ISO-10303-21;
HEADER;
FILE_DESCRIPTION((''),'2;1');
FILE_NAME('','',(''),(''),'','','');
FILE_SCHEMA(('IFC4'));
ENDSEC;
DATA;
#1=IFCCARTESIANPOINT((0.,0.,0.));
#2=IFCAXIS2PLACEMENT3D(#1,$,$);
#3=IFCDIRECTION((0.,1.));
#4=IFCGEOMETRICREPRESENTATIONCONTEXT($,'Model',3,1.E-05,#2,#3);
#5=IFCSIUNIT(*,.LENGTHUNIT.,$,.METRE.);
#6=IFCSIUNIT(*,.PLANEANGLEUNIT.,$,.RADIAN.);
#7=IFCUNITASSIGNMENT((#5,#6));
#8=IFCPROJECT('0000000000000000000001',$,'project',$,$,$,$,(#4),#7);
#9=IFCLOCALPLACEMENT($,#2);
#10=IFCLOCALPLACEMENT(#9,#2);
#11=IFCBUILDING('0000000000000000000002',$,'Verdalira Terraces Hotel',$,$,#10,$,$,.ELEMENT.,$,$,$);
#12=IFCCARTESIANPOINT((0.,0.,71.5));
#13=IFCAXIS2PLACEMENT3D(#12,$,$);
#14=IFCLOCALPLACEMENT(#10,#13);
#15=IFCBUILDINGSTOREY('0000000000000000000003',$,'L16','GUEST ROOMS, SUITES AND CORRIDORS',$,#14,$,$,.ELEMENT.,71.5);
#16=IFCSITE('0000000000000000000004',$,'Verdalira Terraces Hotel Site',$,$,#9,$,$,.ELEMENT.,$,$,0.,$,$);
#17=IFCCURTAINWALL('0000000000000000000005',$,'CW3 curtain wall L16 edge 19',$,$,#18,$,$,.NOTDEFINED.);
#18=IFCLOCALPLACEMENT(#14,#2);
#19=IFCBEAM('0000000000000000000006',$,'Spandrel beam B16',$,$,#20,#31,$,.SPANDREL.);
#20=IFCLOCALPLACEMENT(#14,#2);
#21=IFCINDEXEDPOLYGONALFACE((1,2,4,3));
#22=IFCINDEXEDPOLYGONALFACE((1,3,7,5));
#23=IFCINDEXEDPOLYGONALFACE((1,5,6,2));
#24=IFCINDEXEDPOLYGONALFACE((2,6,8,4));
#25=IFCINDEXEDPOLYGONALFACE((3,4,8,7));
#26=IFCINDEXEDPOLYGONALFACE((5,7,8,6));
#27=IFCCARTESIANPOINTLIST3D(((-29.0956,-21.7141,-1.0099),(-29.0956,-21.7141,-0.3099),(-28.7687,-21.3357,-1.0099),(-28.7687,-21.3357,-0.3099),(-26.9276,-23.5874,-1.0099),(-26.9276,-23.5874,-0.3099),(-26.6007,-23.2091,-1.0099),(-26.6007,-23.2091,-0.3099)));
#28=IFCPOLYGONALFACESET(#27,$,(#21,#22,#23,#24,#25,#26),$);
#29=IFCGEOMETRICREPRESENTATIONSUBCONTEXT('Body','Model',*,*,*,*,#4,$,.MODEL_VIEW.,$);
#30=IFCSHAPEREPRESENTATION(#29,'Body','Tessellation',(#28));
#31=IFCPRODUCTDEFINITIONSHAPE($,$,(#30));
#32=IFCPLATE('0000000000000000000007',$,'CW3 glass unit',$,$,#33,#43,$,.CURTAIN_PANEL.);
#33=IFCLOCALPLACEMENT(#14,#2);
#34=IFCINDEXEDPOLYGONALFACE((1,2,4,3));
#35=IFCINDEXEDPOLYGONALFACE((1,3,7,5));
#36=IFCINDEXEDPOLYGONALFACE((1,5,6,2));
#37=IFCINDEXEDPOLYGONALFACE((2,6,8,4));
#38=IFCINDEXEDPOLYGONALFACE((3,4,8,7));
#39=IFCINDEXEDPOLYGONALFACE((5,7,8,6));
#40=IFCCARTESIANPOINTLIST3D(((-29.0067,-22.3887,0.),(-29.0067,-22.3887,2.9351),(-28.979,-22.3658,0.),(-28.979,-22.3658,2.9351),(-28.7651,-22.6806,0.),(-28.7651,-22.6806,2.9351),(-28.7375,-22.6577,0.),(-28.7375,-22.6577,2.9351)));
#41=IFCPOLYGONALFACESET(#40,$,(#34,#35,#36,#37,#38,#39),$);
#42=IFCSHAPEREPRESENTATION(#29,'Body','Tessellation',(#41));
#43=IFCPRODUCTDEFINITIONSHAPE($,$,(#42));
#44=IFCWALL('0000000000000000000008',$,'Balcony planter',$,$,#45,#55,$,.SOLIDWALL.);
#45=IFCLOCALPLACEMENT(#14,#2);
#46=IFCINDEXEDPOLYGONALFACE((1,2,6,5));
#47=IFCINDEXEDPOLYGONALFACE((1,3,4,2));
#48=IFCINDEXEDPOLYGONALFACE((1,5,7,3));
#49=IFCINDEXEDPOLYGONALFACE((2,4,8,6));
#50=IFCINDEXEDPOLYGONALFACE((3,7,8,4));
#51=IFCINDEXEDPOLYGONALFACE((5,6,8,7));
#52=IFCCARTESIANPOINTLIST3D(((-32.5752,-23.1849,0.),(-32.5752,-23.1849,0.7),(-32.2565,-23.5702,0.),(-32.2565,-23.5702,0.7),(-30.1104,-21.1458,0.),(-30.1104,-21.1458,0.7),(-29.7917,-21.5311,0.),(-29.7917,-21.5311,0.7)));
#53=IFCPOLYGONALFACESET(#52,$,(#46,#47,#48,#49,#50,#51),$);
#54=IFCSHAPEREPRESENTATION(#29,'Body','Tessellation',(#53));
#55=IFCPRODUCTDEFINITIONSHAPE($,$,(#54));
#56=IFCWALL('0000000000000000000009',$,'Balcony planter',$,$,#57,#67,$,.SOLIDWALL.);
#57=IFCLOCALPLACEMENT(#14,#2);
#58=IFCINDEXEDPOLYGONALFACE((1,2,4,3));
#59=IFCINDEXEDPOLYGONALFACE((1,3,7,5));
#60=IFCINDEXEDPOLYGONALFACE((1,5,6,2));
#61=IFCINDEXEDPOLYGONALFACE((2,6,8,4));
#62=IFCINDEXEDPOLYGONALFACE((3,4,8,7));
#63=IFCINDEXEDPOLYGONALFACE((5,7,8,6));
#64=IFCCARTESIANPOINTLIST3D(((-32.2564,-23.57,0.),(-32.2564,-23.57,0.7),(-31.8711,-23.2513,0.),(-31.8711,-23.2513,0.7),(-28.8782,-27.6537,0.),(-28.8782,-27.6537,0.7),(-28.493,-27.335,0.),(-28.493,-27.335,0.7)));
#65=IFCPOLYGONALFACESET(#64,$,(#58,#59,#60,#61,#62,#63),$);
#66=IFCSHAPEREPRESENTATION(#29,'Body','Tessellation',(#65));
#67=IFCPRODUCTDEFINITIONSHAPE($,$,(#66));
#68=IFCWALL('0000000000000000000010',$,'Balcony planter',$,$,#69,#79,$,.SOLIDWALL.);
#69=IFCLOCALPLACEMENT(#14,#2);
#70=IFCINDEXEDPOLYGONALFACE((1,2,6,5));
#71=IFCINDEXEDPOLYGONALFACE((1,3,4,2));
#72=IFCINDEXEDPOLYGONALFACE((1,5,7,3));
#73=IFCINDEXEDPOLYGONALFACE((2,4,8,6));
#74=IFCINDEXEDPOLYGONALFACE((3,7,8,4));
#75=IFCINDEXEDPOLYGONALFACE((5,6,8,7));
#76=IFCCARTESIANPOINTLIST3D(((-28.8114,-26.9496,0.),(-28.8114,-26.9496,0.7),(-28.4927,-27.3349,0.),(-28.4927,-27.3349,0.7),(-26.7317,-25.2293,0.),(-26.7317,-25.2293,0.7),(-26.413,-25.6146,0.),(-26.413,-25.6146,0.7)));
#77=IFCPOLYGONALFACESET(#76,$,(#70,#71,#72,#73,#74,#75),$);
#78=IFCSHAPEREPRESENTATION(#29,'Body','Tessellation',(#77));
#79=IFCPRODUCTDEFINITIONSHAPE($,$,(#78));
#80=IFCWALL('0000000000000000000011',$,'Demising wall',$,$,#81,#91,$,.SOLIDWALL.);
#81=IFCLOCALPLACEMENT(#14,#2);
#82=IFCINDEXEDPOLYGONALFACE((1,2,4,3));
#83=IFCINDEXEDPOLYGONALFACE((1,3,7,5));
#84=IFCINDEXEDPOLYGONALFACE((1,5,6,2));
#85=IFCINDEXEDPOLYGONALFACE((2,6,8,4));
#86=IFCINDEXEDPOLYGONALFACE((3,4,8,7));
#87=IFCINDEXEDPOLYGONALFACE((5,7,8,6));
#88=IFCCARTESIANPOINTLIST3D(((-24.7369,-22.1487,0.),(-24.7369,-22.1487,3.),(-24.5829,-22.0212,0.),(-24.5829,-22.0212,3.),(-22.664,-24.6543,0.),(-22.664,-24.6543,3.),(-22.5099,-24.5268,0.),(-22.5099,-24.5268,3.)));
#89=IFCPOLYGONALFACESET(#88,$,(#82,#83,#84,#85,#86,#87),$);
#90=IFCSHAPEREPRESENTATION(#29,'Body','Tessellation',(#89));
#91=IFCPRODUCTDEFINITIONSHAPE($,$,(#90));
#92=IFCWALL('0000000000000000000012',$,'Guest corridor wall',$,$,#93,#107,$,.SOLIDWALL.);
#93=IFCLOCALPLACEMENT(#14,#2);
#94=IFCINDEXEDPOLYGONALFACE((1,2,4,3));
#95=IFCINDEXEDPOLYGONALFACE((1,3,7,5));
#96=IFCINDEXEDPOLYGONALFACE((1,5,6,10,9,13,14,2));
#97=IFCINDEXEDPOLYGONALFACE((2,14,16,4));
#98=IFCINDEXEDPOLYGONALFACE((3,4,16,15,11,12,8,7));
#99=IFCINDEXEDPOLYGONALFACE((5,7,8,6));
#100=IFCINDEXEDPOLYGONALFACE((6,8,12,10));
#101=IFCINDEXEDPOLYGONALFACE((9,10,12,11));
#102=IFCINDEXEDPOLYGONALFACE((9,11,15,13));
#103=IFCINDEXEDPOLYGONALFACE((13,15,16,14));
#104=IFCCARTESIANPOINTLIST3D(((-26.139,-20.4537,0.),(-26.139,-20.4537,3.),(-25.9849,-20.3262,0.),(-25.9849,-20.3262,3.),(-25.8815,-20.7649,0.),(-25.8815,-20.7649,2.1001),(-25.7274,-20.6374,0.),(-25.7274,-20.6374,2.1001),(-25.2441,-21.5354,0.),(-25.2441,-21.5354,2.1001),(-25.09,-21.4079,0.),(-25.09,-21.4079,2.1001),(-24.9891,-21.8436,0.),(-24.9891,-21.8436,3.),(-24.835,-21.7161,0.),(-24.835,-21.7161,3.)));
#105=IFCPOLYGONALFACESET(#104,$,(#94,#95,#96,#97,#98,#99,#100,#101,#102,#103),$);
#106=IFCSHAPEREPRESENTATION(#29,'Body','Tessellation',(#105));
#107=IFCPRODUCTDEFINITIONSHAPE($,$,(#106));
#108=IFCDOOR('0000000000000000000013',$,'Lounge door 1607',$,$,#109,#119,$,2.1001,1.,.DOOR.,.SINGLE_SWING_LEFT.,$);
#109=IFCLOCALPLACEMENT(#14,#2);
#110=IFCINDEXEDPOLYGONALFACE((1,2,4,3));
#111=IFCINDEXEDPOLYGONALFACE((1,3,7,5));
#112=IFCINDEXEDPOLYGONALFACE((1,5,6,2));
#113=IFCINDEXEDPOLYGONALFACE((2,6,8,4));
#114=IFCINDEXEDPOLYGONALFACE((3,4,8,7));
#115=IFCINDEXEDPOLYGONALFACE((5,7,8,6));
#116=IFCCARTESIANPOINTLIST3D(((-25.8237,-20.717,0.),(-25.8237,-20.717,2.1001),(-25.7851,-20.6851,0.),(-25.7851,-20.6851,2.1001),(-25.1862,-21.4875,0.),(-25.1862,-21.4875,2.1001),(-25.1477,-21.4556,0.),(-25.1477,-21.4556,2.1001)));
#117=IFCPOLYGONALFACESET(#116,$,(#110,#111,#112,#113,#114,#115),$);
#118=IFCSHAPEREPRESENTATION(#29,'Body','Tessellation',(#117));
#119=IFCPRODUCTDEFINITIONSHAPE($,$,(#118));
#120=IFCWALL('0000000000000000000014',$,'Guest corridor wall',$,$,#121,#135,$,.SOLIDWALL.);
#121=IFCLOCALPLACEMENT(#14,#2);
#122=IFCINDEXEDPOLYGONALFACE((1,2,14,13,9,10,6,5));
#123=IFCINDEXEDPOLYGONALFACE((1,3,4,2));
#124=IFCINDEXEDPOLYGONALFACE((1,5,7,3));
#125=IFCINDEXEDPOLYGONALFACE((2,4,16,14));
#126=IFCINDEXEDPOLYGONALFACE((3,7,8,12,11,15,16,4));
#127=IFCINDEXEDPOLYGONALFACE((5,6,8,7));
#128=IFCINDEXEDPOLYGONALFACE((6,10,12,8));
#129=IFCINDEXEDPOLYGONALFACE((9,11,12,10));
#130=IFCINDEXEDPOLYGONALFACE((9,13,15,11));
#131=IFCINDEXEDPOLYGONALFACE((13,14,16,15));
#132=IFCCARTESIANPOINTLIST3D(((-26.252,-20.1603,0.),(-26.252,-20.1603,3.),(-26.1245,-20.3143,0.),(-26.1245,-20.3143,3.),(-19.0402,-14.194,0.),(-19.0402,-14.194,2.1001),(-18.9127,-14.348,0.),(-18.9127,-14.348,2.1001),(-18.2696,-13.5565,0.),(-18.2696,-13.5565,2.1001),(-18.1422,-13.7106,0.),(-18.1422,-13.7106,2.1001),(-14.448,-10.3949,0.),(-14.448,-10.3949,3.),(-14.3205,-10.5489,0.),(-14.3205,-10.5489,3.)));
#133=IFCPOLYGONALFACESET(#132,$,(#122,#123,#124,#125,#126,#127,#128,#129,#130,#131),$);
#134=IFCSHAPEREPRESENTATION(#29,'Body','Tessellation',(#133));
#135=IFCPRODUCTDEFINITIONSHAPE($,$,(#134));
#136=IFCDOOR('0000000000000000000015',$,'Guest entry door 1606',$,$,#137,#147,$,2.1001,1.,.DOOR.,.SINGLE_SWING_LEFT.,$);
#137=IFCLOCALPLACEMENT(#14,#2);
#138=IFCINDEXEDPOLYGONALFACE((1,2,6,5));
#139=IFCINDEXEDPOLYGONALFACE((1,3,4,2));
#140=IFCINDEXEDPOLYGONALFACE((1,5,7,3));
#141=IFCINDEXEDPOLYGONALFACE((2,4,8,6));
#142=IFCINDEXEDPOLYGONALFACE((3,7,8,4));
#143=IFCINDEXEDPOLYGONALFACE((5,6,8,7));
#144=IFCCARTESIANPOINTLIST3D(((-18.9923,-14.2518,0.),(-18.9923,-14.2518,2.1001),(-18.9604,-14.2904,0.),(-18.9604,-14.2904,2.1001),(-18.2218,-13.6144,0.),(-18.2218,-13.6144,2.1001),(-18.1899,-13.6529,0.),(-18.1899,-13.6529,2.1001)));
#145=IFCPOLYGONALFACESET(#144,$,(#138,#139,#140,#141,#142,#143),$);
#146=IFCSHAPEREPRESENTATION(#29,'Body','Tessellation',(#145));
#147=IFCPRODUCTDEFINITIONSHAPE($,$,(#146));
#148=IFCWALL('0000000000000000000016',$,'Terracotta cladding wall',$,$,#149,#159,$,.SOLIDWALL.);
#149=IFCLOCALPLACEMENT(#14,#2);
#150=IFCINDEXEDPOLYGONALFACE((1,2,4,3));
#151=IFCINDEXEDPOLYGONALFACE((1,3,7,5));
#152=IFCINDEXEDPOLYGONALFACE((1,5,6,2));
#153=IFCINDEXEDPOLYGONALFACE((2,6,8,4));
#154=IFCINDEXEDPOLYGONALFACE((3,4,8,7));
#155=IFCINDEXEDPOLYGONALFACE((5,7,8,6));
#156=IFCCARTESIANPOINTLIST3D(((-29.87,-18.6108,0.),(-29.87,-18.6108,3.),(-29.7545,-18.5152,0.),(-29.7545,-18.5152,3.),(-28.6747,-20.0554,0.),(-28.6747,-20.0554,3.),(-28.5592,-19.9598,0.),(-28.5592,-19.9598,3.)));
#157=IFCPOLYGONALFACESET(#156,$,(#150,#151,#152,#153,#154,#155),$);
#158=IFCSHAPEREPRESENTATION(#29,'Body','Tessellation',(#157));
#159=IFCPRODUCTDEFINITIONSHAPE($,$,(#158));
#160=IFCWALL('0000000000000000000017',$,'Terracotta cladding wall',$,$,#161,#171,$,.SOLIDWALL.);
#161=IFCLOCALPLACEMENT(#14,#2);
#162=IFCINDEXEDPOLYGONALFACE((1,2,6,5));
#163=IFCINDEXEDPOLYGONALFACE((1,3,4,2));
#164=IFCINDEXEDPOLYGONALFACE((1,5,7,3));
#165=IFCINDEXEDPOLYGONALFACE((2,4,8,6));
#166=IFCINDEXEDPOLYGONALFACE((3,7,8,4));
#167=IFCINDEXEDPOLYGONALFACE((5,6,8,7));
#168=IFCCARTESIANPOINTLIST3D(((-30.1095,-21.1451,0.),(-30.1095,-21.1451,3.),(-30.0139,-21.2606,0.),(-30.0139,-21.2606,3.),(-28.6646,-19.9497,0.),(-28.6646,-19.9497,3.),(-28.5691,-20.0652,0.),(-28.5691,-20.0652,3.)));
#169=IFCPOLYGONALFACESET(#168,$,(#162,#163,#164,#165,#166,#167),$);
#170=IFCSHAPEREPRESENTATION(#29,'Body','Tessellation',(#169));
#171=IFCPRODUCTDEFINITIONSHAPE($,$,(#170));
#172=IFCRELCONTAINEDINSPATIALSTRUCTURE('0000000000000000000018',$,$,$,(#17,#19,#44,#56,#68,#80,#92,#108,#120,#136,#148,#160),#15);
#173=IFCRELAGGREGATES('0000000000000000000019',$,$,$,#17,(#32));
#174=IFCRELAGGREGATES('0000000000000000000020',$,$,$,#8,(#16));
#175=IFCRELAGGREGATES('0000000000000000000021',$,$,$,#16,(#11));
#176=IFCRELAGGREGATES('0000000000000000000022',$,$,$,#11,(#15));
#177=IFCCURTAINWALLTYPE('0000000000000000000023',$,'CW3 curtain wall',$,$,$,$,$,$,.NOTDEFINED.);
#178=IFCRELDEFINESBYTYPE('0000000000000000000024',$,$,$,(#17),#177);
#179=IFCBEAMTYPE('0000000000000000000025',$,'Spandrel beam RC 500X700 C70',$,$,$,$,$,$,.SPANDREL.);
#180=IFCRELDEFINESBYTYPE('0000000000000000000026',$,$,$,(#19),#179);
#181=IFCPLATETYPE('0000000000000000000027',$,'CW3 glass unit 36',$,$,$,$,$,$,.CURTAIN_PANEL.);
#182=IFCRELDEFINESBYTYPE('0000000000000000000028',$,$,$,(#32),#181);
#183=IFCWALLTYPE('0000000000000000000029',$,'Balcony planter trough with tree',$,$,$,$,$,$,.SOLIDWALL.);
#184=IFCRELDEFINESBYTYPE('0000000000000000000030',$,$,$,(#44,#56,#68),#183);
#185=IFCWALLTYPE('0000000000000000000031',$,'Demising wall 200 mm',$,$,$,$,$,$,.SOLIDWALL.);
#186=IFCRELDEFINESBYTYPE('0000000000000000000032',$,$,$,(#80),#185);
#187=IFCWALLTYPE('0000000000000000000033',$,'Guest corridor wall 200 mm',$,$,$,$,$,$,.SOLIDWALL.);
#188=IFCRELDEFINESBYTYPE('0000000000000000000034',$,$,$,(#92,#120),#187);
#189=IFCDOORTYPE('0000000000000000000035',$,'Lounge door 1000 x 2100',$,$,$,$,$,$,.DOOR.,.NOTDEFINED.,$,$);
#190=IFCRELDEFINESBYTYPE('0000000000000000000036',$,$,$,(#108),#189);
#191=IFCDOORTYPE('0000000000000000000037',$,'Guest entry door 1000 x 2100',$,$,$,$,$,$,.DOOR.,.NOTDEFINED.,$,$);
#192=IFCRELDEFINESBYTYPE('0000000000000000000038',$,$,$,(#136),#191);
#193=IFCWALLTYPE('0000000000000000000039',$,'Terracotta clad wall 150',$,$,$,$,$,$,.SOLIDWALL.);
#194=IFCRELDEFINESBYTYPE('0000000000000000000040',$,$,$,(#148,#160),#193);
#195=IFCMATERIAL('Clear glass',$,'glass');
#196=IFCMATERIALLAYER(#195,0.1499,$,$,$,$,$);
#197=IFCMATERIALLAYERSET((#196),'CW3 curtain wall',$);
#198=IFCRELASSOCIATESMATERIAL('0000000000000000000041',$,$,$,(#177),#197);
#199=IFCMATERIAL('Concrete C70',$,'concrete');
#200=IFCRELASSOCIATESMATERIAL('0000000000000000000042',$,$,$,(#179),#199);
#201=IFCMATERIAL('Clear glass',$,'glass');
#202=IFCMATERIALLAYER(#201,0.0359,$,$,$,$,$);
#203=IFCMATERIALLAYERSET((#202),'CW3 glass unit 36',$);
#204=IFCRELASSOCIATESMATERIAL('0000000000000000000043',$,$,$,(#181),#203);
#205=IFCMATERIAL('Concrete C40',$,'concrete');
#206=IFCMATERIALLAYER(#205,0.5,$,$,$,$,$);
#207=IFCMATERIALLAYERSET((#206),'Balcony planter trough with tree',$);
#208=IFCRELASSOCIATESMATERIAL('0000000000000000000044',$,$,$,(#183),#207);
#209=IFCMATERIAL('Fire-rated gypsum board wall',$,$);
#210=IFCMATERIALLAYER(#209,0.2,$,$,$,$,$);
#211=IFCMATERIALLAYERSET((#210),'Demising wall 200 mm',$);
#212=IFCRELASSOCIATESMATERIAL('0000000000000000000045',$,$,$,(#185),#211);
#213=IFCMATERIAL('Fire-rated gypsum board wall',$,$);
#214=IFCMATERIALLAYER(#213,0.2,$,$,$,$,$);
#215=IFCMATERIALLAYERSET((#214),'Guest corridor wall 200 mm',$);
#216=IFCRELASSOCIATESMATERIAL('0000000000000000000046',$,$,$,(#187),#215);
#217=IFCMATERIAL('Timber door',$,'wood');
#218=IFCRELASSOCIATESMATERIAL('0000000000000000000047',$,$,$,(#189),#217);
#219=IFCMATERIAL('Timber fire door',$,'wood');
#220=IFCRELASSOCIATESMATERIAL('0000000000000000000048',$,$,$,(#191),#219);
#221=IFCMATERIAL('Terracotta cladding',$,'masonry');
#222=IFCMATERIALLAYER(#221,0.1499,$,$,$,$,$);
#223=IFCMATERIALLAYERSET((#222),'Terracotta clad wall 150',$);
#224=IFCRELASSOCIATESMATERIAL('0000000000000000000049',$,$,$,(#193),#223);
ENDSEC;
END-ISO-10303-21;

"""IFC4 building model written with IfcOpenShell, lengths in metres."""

from ifc_helpers import new_model, si_unit, direction, frame, frame_2d, origin, origin_2d, place, context, subcontext, project, spatial, rectangle, extrude, material, layer, layer_set, material_profile, profile_set, type_object, element, fill, aggregate, save


model = new_model("IFC4")

# Units and contexts
model_context = context("Model", 3, precision=1e-05, world=origin(), true_north=direction((0.0, 1.0)))
body_context = subcontext(model_context, "Body", "Model", "MODEL_VIEW")
ifc_project = project(units=[si_unit("LENGTHUNIT", "METRE"), si_unit("PLANEANGLEUNIT", "RADIAN")], contexts=[model_context])

# Site, building, storey
site_placement = place(None, origin())
site = spatial("IfcSite", under=ifc_project, at=site_placement, Name="Verdalira Terraces Hotel Site", CompositionType="ELEMENT", RefElevation=0.0)
building_placement = place(site_placement, origin())
building = spatial("IfcBuilding", under=site, at=building_placement, Name="Verdalira Terraces Hotel", CompositionType="ELEMENT")
storey_placement = place(building_placement, frame((0.0, 0.0, 71.5)))
storey = spatial("IfcBuildingStorey", under=building, at=storey_placement, Name="L16", Description="GUEST ROOMS, SUITES AND CORRIDORS", CompositionType="ELEMENT", Elevation=71.5)

# Curtain wall
ifc_material_1 = material(Name="Clear glass", Category="glass")
ifc_layer_1 = layer(ifc_material_1, 0.1499)
ifc_layer_set_1 = layer_set([ifc_layer_1], Name="CW3 curtain wall")
curtain_wall_type_1 = type_object("IfcCurtainWallType", Name="CW3 curtain wall", PredefinedType="NOTDEFINED", material=ifc_layer_set_1)
curtain_wall_1_placement = place(storey_placement, origin())
curtain_wall_1 = element("IfcCurtainWall", 1, at=curtain_wall_1_placement, inside=storey, type_object=curtain_wall_type_1, Name="CW3 curtain wall L16 edge 19", PredefinedType="NOTDEFINED")

# Beam
ifc_material_2 = material(Name="Concrete C70", Category="concrete")
ifc_material_profile_1 = material_profile(ifc_material_2, rectangle(XDim=0.5, YDim=0.7, at=origin_2d()), Name="RC 500X700")
ifc_profile_set_1 = profile_set([ifc_material_profile_1], Name="Concrete C70")
beam_type_1 = type_object("IfcBeamType", Name="Spandrel beam RC 500X700 C70", PredefinedType="SPANDREL", material=ifc_profile_set_1)
beam_1_placement = place(storey_placement, frame((-28.9321, -21.5249, -0.6599), z_axis=(0.756658, -0.653811, 0.0), x_axis=(0.653811, 0.756658, 0.0)))
element("IfcBeam", 2, at=beam_1_placement, inside=storey, type_object=beam_type_1, Name="Spandrel beam B16", PredefinedType="SPANDREL", context=body_context, shape_type="SweptSolid", body=[
    extrude(rectangle(XDim=0.5, YDim=0.7, at=origin_2d()), origin(), (0.0, 0.0, 1.0), 2.8652),
])

# Plate
ifc_material_3 = material(Name="Clear glass", Category="glass")
ifc_layer_2 = layer(ifc_material_3, 0.0359)
ifc_layer_set_2 = layer_set([ifc_layer_2], Name="CW3 glass unit 36")
plate_type = type_object("IfcPlateType", Name="CW3 glass unit 36", PredefinedType="CURTAIN_PANEL", material=ifc_layer_set_2)
plate_placement = place(storey_placement, frame((-28.8721, -22.5232, 0.0), z_axis=(0.0, 0.0, 1.0), x_axis=(0.637424, -0.770513, 0.0)))
plate = element("IfcPlate", 3, at=plate_placement, type_object=plate_type, Name="CW3 glass unit", PredefinedType="CURTAIN_PANEL", context=body_context, shape_type="SweptSolid", body=[
    extrude(rectangle(XDim=0.3789, YDim=0.0359, at=origin_2d()), origin(), (0.0, 0.0, 1.0), 2.9351),
])
aggregate(curtain_wall_1, [plate])

# Walls
ifc_material_4 = material(Name="Concrete C40", Category="concrete")
ifc_layer_3 = layer(ifc_material_4, 0.5)
ifc_layer_set_3 = layer_set([ifc_layer_3], Name="Balcony planter trough with tree")
wall_type_1 = type_object("IfcWallType", Name="Balcony planter trough with tree", PredefinedType="SOLIDWALL", material=ifc_layer_set_3)
wall_1_placement = place(storey_placement, frame((-29.9509, -21.3384, 0.0), z_axis=(0.0, 0.0, 1.0), x_axis=(-0.770518, -0.637418, 0.0)))
element("IfcWall", 4, at=wall_1_placement, inside=storey, type_object=wall_type_1, Name="Balcony planter", PredefinedType="SOLIDWALL", context=body_context, shape_type="SweptSolid", body=[
    extrude(rectangle(XDim=3.199, YDim=0.5, at=frame_2d((1.5996, 0.0))), origin(), (0.0, 0.0, 1.0), 0.7),
])
wall_2_placement = place(storey_placement, frame((-32.0637, -23.4106, 0.0), z_axis=(0.0, 0.0, 1.0), x_axis=(0.637403, -0.770531, 0.0)))
element("IfcWall", 5, at=wall_2_placement, inside=storey, type_object=wall_type_1, Name="Balcony planter", PredefinedType="SOLIDWALL", context=body_context, shape_type="SweptSolid", body=[
    extrude(rectangle(XDim=5.2998, YDim=0.5, at=frame_2d((2.6499, 0.0))), origin(), (0.0, 0.0, 1.0), 0.7),
])
wall_3_placement = place(storey_placement, frame((-28.6521, -27.1423, 0.0), z_axis=(0.0, 0.0, 1.0), x_axis=(0.770544, 0.637386, 0.0)))
element("IfcWall", 6, at=wall_3_placement, inside=storey, type_object=wall_type_1, Name="Balcony planter", PredefinedType="SOLIDWALL", context=body_context, shape_type="SweptSolid", body=[
    extrude(rectangle(XDim=2.699, YDim=0.5, at=frame_2d((1.3496, 0.0))), origin(), (0.0, 0.0, 1.0), 0.7),
])
ifc_material_5 = material(Name="Fire-rated gypsum board wall")
ifc_layer_4 = layer(ifc_material_5, 0.2)
ifc_layer_set_4 = layer_set([ifc_layer_4], Name="Demising wall 200 mm")
wall_type_2 = type_object("IfcWallType", Name="Demising wall 200 mm", PredefinedType="SOLIDWALL", material=ifc_layer_set_4)
wall_4_placement = place(storey_placement, frame((-24.6599, -22.085, 0.0), z_axis=(0.0, 0.0, 1.0), x_axis=(0.637456, -0.770487, 0.0)))
element("IfcWall", 7, at=wall_4_placement, inside=storey, type_object=wall_type_2, Name="Demising wall", PredefinedType="SOLIDWALL", context=body_context, shape_type="SweptSolid", body=[
    extrude(rectangle(XDim=3.252, YDim=0.2, at=frame_2d((1.626, 0.0))), origin(), (0.0, 0.0, 1.0), 3.0),
])

# Walls, openings, doors
ifc_material_6 = material(Name="Fire-rated gypsum board wall")
ifc_layer_5 = layer(ifc_material_6, 0.2)
ifc_layer_set_5 = layer_set([ifc_layer_5], Name="Guest corridor wall 200 mm")
wall_type_3 = type_object("IfcWallType", Name="Guest corridor wall 200 mm", PredefinedType="SOLIDWALL", material=ifc_layer_set_5)
wall_5_placement = place(storey_placement, frame((-24.9121, -21.7798, 0.0), z_axis=(0.0, 0.0, 1.0), x_axis=(-0.637451, 0.770491, 0.0)))
wall_5 = element("IfcWall", 8, at=wall_5_placement, inside=storey, type_object=wall_type_3, Name="Guest corridor wall", PredefinedType="SOLIDWALL", context=body_context, shape_type="SweptSolid", body=[
    extrude(rectangle(XDim=1.804, YDim=0.2, at=frame_2d((0.9019, 0.0))), origin(), (0.0, 0.0, 1.0), 3.0),
])
opening_1_placement = place(wall_5_placement, frame((0.3999, 0.0, 0.0)))
opening_1 = element("IfcOpeningElement", 9, at=opening_1_placement, cuts=wall_5, PredefinedType="OPENING", context=body_context, shape_type="SweptSolid", body=[
    extrude(rectangle(XDim=1.0, YDim=2.1001, at=frame_2d((0.5, 1.05))), frame((0.0, 0.1099, 0.0), z_axis=(0.0, -1.0, 0.0), x_axis=(1.0, 0.0, 0.0)), (0.0, 0.0, 1.0), 0.22),
])
ifc_material_7 = material(Name="Timber door", Category="wood")
door_type_1 = type_object("IfcDoorType", Name="Lounge door 1000 x 2100", OperationType="NOTDEFINED", PredefinedType="DOOR", material=ifc_material_7)
door_1_placement = place(opening_1_placement, origin())
door_1 = element("IfcDoor", 10, at=door_1_placement, inside=storey, type_object=door_type_1, Name="Lounge door 1607", OperationType="SINGLE_SWING_LEFT", OverallHeight=2.1001, OverallWidth=1.0, PredefinedType="DOOR", context=body_context, shape_type="SweptSolid", body=[
    extrude(rectangle(XDim=1.0, YDim=2.1001, at=frame_2d((0.5, 1.05))), frame((0.0, 0.0249, 0.0), z_axis=(0.0, -1.0, 0.0), x_axis=(1.0, 0.0, 0.0)), (0.0, 0.0, 1.0), 0.05),
])
fill(opening_1, door_1)
wall_6_placement = place(storey_placement, frame((-26.1882, -20.2373, 0.0), z_axis=(0.0, 0.0, 1.0), x_axis=(0.770504, 0.637436, 0.0)))
wall_6 = element("IfcWall", 11, at=wall_6_placement, inside=storey, type_object=wall_type_3, Name="Guest corridor wall", PredefinedType="SOLIDWALL", context=body_context, shape_type="SweptSolid", body=[
    extrude(rectangle(XDim=15.3198, YDim=0.2, at=frame_2d((7.6599, 0.0))), origin(), (0.0, 0.0, 1.0), 3.0),
])
opening_2_placement = place(wall_6_placement, frame((9.3599, 0.0, 0.0)))
opening_2 = element("IfcOpeningElement", 12, at=opening_2_placement, cuts=wall_6, PredefinedType="OPENING", context=body_context, shape_type="SweptSolid", body=[
    extrude(rectangle(XDim=1.0, YDim=2.1001, at=frame_2d((0.5, 1.05))), frame((0.0, 0.1099, 0.0), z_axis=(0.0, -1.0, 0.0), x_axis=(1.0, 0.0, 0.0)), (0.0, 0.0, 1.0), 0.22),
])
ifc_material_8 = material(Name="Timber fire door", Category="wood")
door_type_2 = type_object("IfcDoorType", Name="Guest entry door 1000 x 2100", OperationType="NOTDEFINED", PredefinedType="DOOR", material=ifc_material_8)
door_2_placement = place(opening_2_placement, origin())
door_2 = element("IfcDoor", 13, at=door_2_placement, inside=storey, type_object=door_type_2, Name="Guest entry door 1606", OperationType="SINGLE_SWING_LEFT", OverallHeight=2.1001, OverallWidth=1.0, PredefinedType="DOOR", context=body_context, shape_type="SweptSolid", body=[
    extrude(rectangle(XDim=1.0, YDim=2.1001, at=frame_2d((0.5, 1.05))), frame((0.0, 0.0249, 0.0), z_axis=(0.0, -1.0, 0.0), x_axis=(1.0, 0.0, 0.0)), (0.0, 0.0, 1.0), 0.05),
])
fill(opening_2, door_2)

# Walls
ifc_material_9 = material(Name="Terracotta cladding", Category="masonry")
ifc_layer_6 = layer(ifc_material_9, 0.1499)
ifc_layer_set_6 = layer_set([ifc_layer_6], Name="Terracotta clad wall 150")
wall_type_4 = type_object("IfcWallType", Name="Terracotta clad wall 150", PredefinedType="SOLIDWALL", material=ifc_layer_set_6)
wall_7_placement = place(storey_placement, frame((-29.8123, -18.563, 0.0), z_axis=(0.0, 0.0, 1.0), x_axis=(0.637504, -0.770447, 0.0)))
element("IfcWall", 14, at=wall_7_placement, inside=storey, type_object=wall_type_4, Name="Terracotta cladding wall", PredefinedType="SOLIDWALL", context=body_context, shape_type="SweptSolid", body=[
    extrude(rectangle(XDim=1.875, YDim=0.1499, at=frame_2d((0.9375, 0.0))), origin(), (0.0, 0.0, 1.0), 3.0),
])
wall_8_placement = place(storey_placement, frame((-28.6169, -20.0076, 0.0), z_axis=(0.0, 0.0, 1.0), x_axis=(-0.7705, -0.63744, 0.0)))
element("IfcWall", 15, at=wall_8_placement, inside=storey, type_object=wall_type_4, Name="Terracotta cladding wall", PredefinedType="SOLIDWALL", context=body_context, shape_type="SweptSolid", body=[
    extrude(rectangle(XDim=1.8752, YDim=0.1499, at=frame_2d((0.9375, 0.0))), origin(), (0.0, 0.0, 1.0), 3.0),
])

save(model, "model.ifc")
